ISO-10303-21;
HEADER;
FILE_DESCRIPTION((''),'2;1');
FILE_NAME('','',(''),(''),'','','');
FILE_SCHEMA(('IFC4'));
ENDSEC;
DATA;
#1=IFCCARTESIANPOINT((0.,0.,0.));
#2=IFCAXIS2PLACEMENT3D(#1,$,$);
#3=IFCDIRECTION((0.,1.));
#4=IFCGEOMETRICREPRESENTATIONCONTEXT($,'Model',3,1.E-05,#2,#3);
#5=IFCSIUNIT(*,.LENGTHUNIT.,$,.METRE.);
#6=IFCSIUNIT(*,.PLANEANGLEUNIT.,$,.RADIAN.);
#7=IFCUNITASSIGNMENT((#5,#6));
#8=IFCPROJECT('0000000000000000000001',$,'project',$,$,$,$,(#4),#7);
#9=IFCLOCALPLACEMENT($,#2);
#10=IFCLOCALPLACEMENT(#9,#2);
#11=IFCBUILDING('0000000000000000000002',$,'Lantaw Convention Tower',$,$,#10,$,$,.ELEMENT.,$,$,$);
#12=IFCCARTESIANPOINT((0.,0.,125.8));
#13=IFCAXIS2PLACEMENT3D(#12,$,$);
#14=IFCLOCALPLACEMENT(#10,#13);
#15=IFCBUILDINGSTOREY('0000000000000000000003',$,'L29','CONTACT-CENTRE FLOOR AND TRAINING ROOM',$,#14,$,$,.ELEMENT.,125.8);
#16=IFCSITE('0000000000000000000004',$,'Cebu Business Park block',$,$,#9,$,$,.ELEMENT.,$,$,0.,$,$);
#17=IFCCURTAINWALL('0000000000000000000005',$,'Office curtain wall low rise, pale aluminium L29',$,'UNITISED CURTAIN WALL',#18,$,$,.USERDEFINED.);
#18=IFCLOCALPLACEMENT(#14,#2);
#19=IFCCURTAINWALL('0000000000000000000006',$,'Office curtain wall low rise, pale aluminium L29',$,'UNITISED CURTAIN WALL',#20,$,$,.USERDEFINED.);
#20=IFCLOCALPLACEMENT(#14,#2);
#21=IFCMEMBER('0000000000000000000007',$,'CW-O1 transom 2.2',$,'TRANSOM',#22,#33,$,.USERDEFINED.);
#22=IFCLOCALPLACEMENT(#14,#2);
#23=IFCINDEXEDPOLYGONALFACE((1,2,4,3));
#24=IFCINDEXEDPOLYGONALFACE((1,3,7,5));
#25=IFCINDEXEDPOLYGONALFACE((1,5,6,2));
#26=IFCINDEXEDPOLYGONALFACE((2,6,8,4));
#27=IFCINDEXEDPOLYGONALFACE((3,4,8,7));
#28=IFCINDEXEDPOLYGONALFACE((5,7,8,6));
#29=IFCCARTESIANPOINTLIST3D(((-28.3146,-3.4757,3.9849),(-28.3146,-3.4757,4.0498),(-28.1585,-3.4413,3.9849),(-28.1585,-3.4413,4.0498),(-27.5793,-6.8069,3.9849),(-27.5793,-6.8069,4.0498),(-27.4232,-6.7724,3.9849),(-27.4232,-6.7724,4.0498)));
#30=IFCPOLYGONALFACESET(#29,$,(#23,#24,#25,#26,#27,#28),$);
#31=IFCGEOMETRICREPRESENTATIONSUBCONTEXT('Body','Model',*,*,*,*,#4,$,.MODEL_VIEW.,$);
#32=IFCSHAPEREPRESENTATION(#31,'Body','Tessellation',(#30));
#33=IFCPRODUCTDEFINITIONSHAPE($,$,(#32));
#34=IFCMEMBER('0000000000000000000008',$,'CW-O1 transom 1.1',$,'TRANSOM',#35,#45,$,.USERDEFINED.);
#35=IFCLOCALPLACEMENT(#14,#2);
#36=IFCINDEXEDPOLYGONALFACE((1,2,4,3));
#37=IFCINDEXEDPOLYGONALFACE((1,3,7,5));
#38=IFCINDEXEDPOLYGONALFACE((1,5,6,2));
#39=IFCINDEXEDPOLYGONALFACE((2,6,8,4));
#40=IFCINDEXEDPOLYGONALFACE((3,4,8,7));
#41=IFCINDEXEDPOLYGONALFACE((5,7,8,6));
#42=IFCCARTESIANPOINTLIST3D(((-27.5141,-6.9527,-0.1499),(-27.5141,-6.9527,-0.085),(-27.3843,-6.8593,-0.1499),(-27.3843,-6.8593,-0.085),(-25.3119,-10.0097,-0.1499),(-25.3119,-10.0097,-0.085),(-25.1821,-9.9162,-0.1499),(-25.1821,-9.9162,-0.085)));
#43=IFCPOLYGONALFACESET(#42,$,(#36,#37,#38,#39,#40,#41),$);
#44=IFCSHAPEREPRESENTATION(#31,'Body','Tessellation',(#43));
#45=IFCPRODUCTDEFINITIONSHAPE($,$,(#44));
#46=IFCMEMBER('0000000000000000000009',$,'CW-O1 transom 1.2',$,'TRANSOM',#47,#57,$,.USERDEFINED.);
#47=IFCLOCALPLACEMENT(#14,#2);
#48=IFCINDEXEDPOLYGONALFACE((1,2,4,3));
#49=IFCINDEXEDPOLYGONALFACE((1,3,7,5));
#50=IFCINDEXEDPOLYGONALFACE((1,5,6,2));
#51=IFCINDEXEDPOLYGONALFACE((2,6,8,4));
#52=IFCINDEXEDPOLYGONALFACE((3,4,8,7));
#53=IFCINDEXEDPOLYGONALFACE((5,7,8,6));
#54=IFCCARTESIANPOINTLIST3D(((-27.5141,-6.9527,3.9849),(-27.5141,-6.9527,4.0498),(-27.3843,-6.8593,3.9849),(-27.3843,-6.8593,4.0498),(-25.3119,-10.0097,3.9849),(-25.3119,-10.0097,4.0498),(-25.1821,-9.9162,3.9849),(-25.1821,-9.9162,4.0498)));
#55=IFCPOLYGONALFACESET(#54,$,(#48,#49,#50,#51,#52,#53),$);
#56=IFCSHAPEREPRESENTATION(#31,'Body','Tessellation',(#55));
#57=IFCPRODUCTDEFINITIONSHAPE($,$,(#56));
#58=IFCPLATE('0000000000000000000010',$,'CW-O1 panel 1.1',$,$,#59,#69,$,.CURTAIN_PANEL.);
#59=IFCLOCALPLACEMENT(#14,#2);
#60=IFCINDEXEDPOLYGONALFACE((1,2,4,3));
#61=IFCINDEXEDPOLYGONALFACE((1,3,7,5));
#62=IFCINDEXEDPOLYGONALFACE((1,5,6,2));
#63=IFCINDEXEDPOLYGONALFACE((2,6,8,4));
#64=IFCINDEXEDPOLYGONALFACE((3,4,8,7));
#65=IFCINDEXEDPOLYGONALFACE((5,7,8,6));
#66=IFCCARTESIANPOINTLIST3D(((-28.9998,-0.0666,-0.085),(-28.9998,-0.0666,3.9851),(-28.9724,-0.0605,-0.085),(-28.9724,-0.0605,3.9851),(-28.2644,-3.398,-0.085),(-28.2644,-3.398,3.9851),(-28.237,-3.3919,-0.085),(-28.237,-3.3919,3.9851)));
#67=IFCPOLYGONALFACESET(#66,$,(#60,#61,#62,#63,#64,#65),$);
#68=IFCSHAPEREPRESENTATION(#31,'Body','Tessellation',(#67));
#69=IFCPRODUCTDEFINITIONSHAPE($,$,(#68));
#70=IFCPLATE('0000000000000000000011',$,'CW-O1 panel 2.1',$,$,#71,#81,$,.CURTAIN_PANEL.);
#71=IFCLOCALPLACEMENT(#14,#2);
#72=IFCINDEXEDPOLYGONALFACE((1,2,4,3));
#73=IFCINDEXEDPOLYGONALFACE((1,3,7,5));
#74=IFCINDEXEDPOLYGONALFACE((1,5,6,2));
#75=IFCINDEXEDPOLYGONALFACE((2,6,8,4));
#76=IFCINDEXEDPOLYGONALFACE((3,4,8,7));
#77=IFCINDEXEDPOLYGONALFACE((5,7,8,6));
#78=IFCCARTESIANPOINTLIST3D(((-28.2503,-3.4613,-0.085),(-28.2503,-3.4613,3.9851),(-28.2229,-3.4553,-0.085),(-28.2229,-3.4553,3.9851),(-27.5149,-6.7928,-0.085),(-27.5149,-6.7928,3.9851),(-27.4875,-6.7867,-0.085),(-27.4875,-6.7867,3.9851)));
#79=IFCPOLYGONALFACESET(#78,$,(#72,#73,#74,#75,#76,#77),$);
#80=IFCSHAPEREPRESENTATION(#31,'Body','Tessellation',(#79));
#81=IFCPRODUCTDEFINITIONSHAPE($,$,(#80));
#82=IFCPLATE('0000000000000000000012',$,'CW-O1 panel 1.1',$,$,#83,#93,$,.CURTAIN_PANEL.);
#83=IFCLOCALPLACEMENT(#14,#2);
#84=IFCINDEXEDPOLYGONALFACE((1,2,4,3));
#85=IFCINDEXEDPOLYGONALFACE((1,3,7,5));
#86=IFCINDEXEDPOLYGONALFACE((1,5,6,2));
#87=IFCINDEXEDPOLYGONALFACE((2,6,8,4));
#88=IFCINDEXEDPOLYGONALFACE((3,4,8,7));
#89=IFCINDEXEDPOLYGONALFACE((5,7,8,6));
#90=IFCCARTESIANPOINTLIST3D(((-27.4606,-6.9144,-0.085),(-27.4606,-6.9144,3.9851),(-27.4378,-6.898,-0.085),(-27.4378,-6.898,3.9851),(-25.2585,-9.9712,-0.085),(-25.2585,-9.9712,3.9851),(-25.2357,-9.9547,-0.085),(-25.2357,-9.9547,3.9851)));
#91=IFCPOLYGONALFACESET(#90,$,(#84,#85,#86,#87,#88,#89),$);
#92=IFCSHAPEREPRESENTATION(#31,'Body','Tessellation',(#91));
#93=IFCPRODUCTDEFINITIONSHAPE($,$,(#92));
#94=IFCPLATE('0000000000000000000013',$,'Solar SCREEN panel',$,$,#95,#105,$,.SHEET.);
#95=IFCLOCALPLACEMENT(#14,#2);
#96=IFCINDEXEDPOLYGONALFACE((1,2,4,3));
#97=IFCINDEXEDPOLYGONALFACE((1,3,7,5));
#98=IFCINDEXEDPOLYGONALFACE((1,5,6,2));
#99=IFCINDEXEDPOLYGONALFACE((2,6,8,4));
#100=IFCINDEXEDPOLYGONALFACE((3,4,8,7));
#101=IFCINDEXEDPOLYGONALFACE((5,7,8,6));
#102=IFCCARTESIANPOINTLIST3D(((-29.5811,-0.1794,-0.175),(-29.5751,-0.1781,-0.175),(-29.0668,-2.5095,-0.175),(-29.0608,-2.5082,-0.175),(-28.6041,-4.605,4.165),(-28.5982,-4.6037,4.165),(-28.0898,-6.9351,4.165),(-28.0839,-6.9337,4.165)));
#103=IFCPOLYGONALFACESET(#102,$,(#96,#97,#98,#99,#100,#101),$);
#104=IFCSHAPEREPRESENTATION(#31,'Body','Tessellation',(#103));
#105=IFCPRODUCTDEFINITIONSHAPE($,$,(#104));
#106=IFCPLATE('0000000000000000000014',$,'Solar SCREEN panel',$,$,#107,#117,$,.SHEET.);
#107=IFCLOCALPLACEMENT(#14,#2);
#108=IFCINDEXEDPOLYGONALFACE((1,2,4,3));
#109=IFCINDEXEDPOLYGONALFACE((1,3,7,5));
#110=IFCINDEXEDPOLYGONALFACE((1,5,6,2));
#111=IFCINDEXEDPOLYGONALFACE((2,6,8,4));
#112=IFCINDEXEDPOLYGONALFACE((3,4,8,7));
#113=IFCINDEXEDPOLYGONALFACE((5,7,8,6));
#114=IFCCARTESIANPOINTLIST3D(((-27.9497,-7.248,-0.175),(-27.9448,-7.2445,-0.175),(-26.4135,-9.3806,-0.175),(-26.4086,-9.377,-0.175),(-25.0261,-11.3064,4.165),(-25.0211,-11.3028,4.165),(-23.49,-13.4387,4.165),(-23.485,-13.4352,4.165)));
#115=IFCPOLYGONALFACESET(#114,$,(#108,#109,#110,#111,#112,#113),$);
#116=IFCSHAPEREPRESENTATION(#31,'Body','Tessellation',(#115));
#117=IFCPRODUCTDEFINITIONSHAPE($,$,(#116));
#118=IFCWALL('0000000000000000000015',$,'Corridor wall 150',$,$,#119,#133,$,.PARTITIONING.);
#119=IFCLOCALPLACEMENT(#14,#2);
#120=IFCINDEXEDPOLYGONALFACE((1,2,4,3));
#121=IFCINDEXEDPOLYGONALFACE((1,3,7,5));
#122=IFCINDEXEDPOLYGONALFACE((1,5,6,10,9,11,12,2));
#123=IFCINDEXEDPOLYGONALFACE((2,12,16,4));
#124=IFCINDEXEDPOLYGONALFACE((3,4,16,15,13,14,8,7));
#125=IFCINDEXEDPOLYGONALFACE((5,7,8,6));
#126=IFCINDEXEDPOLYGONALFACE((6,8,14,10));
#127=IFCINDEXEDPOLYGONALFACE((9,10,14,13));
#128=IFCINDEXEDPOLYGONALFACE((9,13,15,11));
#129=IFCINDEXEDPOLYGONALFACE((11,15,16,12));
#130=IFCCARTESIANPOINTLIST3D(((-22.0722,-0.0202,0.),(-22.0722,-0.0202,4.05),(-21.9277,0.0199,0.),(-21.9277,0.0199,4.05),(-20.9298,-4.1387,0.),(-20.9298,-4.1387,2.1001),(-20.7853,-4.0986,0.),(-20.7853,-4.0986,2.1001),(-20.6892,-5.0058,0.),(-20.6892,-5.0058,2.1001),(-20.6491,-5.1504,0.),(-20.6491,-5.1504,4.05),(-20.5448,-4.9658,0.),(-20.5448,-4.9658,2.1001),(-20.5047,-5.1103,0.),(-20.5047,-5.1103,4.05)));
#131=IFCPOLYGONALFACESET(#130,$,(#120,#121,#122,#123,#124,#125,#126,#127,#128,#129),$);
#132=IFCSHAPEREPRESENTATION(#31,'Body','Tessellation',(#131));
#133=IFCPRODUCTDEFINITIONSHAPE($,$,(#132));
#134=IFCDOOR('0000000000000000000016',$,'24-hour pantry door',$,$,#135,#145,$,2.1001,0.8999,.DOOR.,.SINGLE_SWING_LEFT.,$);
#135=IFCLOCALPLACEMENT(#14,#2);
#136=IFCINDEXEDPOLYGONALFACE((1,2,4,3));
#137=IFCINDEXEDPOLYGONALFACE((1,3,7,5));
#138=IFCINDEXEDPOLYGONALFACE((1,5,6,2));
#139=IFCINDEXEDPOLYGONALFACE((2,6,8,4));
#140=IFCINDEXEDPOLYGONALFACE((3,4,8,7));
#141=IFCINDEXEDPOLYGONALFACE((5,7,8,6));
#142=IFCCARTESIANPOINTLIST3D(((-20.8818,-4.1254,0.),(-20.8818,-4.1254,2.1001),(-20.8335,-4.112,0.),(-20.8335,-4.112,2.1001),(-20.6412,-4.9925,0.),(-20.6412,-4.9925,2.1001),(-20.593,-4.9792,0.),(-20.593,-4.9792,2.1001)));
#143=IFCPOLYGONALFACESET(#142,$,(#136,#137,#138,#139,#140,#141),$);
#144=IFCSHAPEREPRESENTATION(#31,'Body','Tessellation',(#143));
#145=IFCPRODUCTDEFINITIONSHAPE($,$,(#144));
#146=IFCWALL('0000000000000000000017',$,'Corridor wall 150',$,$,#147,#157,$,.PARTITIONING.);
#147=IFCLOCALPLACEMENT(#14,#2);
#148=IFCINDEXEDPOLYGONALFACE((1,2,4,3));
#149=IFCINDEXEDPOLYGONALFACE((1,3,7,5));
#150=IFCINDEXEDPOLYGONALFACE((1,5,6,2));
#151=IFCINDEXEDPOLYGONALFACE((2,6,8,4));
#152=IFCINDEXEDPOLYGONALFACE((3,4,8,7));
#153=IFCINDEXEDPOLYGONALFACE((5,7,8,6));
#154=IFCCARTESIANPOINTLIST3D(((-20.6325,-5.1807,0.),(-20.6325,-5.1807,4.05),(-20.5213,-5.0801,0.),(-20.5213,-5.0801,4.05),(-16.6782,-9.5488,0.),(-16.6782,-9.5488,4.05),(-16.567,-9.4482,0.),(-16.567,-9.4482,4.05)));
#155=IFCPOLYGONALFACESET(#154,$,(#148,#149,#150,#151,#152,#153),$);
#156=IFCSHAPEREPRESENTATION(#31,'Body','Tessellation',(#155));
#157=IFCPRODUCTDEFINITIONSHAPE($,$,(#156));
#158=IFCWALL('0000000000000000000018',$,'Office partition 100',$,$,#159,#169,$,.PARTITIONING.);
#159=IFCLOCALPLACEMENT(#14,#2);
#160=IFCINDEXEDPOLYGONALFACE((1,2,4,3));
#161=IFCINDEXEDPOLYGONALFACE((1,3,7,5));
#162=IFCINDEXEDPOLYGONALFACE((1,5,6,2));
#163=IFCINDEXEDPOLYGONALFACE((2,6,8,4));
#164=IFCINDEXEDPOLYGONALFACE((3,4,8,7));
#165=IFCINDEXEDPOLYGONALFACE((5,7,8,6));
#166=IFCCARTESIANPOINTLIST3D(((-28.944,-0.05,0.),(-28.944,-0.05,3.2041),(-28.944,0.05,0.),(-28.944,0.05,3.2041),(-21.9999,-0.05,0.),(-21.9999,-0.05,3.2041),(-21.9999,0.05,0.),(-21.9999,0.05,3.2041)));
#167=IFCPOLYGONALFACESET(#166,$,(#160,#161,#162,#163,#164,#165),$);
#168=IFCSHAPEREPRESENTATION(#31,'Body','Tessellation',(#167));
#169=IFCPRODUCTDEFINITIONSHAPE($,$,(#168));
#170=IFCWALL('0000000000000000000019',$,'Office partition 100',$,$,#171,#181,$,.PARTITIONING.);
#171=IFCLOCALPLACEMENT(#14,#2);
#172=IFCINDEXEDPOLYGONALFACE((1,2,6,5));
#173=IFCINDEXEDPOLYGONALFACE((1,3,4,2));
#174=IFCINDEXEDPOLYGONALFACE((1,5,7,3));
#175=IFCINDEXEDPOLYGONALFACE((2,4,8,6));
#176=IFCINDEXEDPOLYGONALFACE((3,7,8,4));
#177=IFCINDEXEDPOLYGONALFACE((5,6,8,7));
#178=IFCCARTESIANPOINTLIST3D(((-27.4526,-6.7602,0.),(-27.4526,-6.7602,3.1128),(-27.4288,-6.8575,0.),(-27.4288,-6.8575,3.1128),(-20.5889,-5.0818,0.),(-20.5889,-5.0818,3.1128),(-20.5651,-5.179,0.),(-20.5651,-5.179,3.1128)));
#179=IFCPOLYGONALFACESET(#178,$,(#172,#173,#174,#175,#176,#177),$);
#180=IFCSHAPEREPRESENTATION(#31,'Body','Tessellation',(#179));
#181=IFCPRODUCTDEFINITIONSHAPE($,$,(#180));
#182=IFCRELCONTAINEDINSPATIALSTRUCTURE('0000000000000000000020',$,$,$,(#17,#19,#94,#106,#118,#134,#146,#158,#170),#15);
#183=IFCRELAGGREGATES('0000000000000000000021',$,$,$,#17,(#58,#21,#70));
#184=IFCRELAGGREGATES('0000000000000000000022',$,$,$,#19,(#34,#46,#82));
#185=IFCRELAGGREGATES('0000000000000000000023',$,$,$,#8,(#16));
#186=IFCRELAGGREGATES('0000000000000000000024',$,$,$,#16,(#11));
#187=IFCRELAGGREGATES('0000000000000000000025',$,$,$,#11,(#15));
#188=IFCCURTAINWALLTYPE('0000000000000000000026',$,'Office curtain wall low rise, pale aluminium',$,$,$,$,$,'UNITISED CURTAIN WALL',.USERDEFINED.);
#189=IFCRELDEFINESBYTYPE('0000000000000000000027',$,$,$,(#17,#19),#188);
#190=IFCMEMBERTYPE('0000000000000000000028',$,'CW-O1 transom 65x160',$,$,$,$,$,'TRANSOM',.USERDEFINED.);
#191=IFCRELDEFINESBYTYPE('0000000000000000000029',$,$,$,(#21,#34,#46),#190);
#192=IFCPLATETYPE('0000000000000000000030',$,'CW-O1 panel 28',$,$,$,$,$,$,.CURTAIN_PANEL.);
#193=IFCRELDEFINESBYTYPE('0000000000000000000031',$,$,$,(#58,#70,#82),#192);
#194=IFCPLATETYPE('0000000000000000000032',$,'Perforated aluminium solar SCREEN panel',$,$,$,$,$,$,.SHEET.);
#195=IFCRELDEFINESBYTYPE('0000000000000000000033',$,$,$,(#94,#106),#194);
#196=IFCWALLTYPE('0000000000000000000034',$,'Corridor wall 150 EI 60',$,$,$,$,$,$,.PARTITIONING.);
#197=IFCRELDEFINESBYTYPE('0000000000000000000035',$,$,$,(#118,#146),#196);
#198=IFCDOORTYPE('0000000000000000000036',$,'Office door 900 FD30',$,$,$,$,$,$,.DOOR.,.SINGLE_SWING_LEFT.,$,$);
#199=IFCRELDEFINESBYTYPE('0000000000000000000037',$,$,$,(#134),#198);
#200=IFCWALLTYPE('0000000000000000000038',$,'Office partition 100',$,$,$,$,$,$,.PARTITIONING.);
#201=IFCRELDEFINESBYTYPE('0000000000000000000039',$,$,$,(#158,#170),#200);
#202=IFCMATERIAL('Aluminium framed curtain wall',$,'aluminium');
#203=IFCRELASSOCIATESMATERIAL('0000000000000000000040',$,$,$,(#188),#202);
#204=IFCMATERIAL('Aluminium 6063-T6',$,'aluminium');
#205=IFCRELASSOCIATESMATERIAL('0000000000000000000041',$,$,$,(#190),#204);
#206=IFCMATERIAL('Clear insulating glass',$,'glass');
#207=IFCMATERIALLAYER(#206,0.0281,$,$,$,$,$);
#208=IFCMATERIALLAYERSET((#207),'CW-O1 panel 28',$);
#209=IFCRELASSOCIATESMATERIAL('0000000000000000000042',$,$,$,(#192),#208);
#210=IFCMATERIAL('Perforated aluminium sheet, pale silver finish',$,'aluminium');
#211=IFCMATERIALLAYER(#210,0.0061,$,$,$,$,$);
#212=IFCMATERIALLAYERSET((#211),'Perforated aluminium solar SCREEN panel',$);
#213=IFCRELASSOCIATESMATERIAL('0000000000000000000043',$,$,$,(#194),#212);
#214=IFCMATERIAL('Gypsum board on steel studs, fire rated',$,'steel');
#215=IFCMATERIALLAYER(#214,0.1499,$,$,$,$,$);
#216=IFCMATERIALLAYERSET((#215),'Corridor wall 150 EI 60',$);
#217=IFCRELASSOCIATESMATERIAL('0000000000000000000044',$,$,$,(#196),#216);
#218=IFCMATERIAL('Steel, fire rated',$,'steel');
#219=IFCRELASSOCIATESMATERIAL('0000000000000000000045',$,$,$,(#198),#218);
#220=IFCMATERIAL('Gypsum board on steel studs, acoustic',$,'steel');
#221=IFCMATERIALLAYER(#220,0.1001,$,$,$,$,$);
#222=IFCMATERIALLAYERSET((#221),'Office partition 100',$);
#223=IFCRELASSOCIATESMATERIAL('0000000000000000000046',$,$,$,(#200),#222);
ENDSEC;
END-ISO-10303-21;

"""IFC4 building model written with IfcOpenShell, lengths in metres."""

from ifc_helpers import new_model, si_unit, direction, frame, frame_2d, origin, origin_2d, place, context, subcontext, project, spatial, polyline, rectangle, outline, extrude, material, layer, layer_set, material_profile, profile_set, type_object, element, fill, aggregate, save


model = new_model("IFC4")

# Units and contexts
model_context = context("Model", 3, precision=1e-05, world=origin(), true_north=direction((0.0, 1.0)))
body_context = subcontext(model_context, "Body", "Model", "MODEL_VIEW")
ifc_project = project(units=[si_unit("LENGTHUNIT", "METRE"), si_unit("PLANEANGLEUNIT", "RADIAN")], contexts=[model_context])

# Site, building, storey
site_placement = place(None, origin())
site = spatial("IfcSite", under=ifc_project, at=site_placement, Name="Cebu Business Park block", CompositionType="ELEMENT", RefElevation=0.0)
building_placement = place(site_placement, origin())
building = spatial("IfcBuilding", under=site, at=building_placement, Name="Lantaw Convention Tower", CompositionType="ELEMENT")
storey_placement = place(building_placement, frame((0.0, 0.0, 125.8)))
storey = spatial("IfcBuildingStorey", under=building, at=storey_placement, Name="L29", Description="CONTACT-CENTRE FLOOR AND TRAINING ROOM", CompositionType="ELEMENT", Elevation=125.8)

# Curtain wall
ifc_material_1 = material(Name="Aluminium framed curtain wall", Category="aluminium")
curtain_wall_type = type_object("IfcCurtainWallType", Name="Office curtain wall low rise, pale aluminium", ElementType="UNITISED CURTAIN WALL", PredefinedType="USERDEFINED", material=ifc_material_1)
curtain_wall_1_placement = place(storey_placement, origin())
curtain_wall_1 = element("IfcCurtainWall", 1, at=curtain_wall_1_placement, inside=storey, type_object=curtain_wall_type, Name="Office curtain wall low rise, pale aluminium L29", ObjectType="UNITISED CURTAIN WALL", PredefinedType="USERDEFINED")
ifc_material_2 = material(Name="Aluminium 6063-T6", Category="aluminium")

# Curtain wall
curtain_wall_2_placement = place(storey_placement, origin())
curtain_wall_2 = element("IfcCurtainWall", 2, at=curtain_wall_2_placement, inside=storey, type_object=curtain_wall_type, Name="Office curtain wall low rise, pale aluminium L29", ObjectType="UNITISED CURTAIN WALL", PredefinedType="USERDEFINED")

# Members
ifc_material_profile_1 = material_profile(ifc_material_2, rectangle(XDim=0.1599, YDim=0.0649, at=origin_2d()), Name="CW-O1 transom 65x160")
ifc_profile_set_1 = profile_set([ifc_material_profile_1], Name="Aluminium 6063-T6")
member_type_1 = type_object("IfcMemberType", Name="CW-O1 transom 65x160", ElementType="TRANSOM", PredefinedType="USERDEFINED", material=ifc_profile_set_1)
member_1_placement = place(storey_placement, frame((-28.2366, -3.4585, 4.0173), z_axis=(0.215551, -0.976493, 0.0), x_axis=(0.976493, 0.215551, 0.0)))
member_1 = element("IfcMember", 3, at=member_1_placement, type_object=member_type_1, Name="CW-O1 transom 2.2", ObjectType="TRANSOM", PredefinedType="USERDEFINED", context=body_context, shape_type="SweptSolid", body=[
    extrude(rectangle(XDim=0.1599, YDim=0.0649, at=origin_2d()), origin(), (0.0, 0.0, 1.0), 3.4114),
])
member_2_placement = place(storey_placement, frame((-27.4492, -6.906, -0.1174), z_axis=(0.584513, -0.811384, 0.0), x_axis=(0.811384, 0.584513, 0.0)))
member_2 = element("IfcMember", 4, at=member_2_placement, type_object=member_type_1, Name="CW-O1 transom 1.1", ObjectType="TRANSOM", PredefinedType="USERDEFINED", context=body_context, shape_type="SweptSolid", body=[
    extrude(rectangle(XDim=0.1599, YDim=0.0649, at=origin_2d()), origin(), (0.0, 0.0, 1.0), 3.7676),
])
member_3_placement = place(storey_placement, frame((-27.4492, -6.906, 4.0173), z_axis=(0.584513, -0.811384, 0.0), x_axis=(0.811384, 0.584513, 0.0)))
member_3 = element("IfcMember", 5, at=member_3_placement, type_object=member_type_1, Name="CW-O1 transom 1.2", ObjectType="TRANSOM", PredefinedType="USERDEFINED", context=body_context, shape_type="SweptSolid", body=[
    extrude(rectangle(XDim=0.1599, YDim=0.0649, at=origin_2d()), origin(), (0.0, 0.0, 1.0), 3.7676),
])

# Plates
ifc_material_3 = material(Name="Clear insulating glass", Category="glass")
ifc_layer_1 = layer(ifc_material_3, 0.0281)
ifc_layer_set_1 = layer_set([ifc_layer_1], Name="CW-O1 panel 28")
plate_type_1 = type_object("IfcPlateType", Name="CW-O1 panel 28", PredefinedType="CURTAIN_PANEL", material=ifc_layer_set_1)
plate_1_placement = place(storey_placement, frame((-28.6184, -1.7292, -0.085), z_axis=(0.0, 0.0, 1.0), x_axis=(0.215546, -0.976494, 0.0)))
plate_1 = element("IfcPlate", 6, at=plate_1_placement, type_object=plate_type_1, Name="CW-O1 panel 1.1", PredefinedType="CURTAIN_PANEL", context=body_context, shape_type="SweptSolid", body=[
    extrude(rectangle(XDim=3.4116, YDim=0.0281, at=origin_2d()), origin(), (0.0, 0.0, 1.0), 4.0701),
])
plate_2_placement = place(storey_placement, frame((-27.8689, -5.124, -0.085), z_axis=(0.0, 0.0, 1.0), x_axis=(0.215546, -0.976494, 0.0)))
plate_2 = element("IfcPlate", 7, at=plate_2_placement, type_object=plate_type_1, Name="CW-O1 panel 2.1", PredefinedType="CURTAIN_PANEL", context=body_context, shape_type="SweptSolid", body=[
    extrude(rectangle(XDim=3.4116, YDim=0.0281, at=origin_2d()), origin(), (0.0, 0.0, 1.0), 4.0701),
])
aggregate(curtain_wall_1, [plate_1, member_1, plate_2])
plate_3_placement = place(storey_placement, frame((-26.3481, -8.4346, -0.085), z_axis=(0.0, 0.0, 1.0), x_axis=(0.584513, -0.811385, 0.0)))
plate_3 = element("IfcPlate", 8, at=plate_3_placement, type_object=plate_type_1, Name="CW-O1 panel 1.1", PredefinedType="CURTAIN_PANEL", context=body_context, shape_type="SweptSolid", body=[
    extrude(rectangle(XDim=3.7673, YDim=0.0281, at=origin_2d()), origin(), (0.0, 0.0, 1.0), 4.0701),
])
aggregate(curtain_wall_2, [member_2, member_3, plate_3])

# Plates
ifc_material_4 = material(Name="Perforated aluminium sheet, pale silver finish", Category="aluminium")
ifc_layer_2 = layer(ifc_material_4, 0.0061)
ifc_layer_set_2 = layer_set([ifc_layer_2], Name="Perforated aluminium solar SCREEN panel")
plate_type_2 = type_object("IfcPlateType", Name="Perforated aluminium solar SCREEN panel", PredefinedType="SHEET", material=ifc_layer_set_2)
plate_4_placement = place(storey_placement, frame((-29.5811, -0.1794, -0.175), z_axis=(-0.976498, -0.215527, 0.000033), x_axis=(0.215527, -0.976498, 0.0)))
element("IfcPlate", 9, at=plate_4_placement, inside=storey, type_object=plate_type_2, Name="Solar SCREEN panel", PredefinedType="SHEET", context=body_context, shape_type="SweptSolid", body=[
    extrude(outline(polyline([(0.0, 0.0), (2.3862, 0.0), (6.9182, 4.3401), (4.5321, 4.3401), (0.0, 0.0)])), origin(), (0.0, 0.0, -1.0), 0.0061),
])
plate_5_placement = place(storey_placement, frame((-27.9497, -7.248, -0.175), z_axis=(-0.811395, -0.584498, 0.000036), x_axis=(0.584498, -0.811395, 0.0)))
element("IfcPlate", 10, at=plate_5_placement, inside=storey, type_object=plate_type_2, Name="Solar SCREEN panel", PredefinedType="SHEET", context=body_context, shape_type="SweptSolid", body=[
    extrude(outline(polyline([(0.0, 0.0), (2.6282, 0.0), (7.6298, 4.3401), (5.0018, 4.3401), (0.0, 0.0)])), origin(), (0.0, 0.0, -1.0), 0.0061),
])

# Wall, opening, door
ifc_material_5 = material(Name="Gypsum board on steel studs, fire rated", Category="steel")
ifc_layer_3 = layer(ifc_material_5, 0.1499)
ifc_layer_set_3 = layer_set([ifc_layer_3], Name="Corridor wall 150 EI 60")
wall_type_1 = type_object("IfcWallType", Name="Corridor wall 150 EI 60", PredefinedType="PARTITIONING", material=ifc_layer_set_3)
wall_1_placement = place(storey_placement, frame((-22.0, 0.0, 0.0), z_axis=(0.0, 0.0, 1.0), x_axis=(0.267294, -0.963615, 0.0)))
wall_1 = element("IfcWall", 11, at=wall_1_placement, inside=storey, type_object=wall_type_1, Name="Corridor wall 150", PredefinedType="PARTITIONING", context=body_context, shape_type="SweptSolid", body=[
    extrude(rectangle(XDim=5.324, YDim=0.1499, at=frame_2d((2.6621, 0.0))), origin(), (0.0, 0.0, 1.0), 4.05),
])
opening_placement = place(wall_1_placement, frame((4.2742, 0.0, 0.0)))
opening = element("IfcOpeningElement", 12, at=opening_placement, cuts=wall_1, PredefinedType="OPENING", context=body_context, shape_type="SweptSolid", body=[
    extrude(rectangle(XDim=0.8999, YDim=2.1001, at=frame_2d((0.45, 1.05))), frame((0.0, 0.085, 0.0), z_axis=(0.0, -1.0, 0.0), x_axis=(1.0, 0.0, 0.0)), (0.0, 0.0, 1.0), 0.1699),
])
ifc_material_6 = material(Name="Steel, fire rated", Category="steel")
door_type = type_object("IfcDoorType", Name="Office door 900 FD30", OperationType="SINGLE_SWING_LEFT", PredefinedType="DOOR", material=ifc_material_6)
door_placement = place(opening_placement, origin())
door = element("IfcDoor", 13, at=door_placement, inside=storey, type_object=door_type, Name="24-hour pantry door", OperationType="SINGLE_SWING_LEFT", OverallHeight=2.1001, OverallWidth=0.8999, PredefinedType="DOOR", context=body_context, shape_type="SweptSolid", body=[
    extrude(rectangle(XDim=0.8999, YDim=2.1001, at=frame_2d((0.45, 1.05))), frame((0.0, 0.0249, 0.0), z_axis=(0.0, -1.0, 0.0), x_axis=(1.0, 0.0, 0.0)), (0.0, 0.0, 1.0), 0.05),
])
fill(opening, door)

# Walls
wall_2_placement = place(storey_placement, frame((-20.5769, -5.1304, 0.0), z_axis=(0.0, 0.0, 1.0), x_axis=(0.671118, -0.74135, 0.0)))
element("IfcWall", 14, at=wall_2_placement, inside=storey, type_object=wall_type_1, Name="Corridor wall 150", PredefinedType="PARTITIONING", context=body_context, shape_type="SweptSolid", body=[
    extrude(rectangle(XDim=5.8921, YDim=0.1499, at=frame_2d((2.946, 0.0))), origin(), (0.0, 0.0, 1.0), 4.05),
])
ifc_material_7 = material(Name="Gypsum board on steel studs, acoustic", Category="steel")
ifc_layer_4 = layer(ifc_material_7, 0.1001)
ifc_layer_set_4 = layer_set([ifc_layer_4], Name="Office partition 100")
wall_type_2 = type_object("IfcWallType", Name="Office partition 100", PredefinedType="PARTITIONING", material=ifc_layer_set_4)
wall_3_placement = place(storey_placement, frame((-28.9441, 0.0, 0.0), z_axis=(0.0, 0.0, 1.0), x_axis=(1.0, 0.0, 0.0)))
element("IfcWall", 15, at=wall_3_placement, inside=storey, type_object=wall_type_2, Name="Office partition 100", PredefinedType="PARTITIONING", context=body_context, shape_type="SweptSolid", body=[
    extrude(rectangle(XDim=6.9441, YDim=0.1001, at=frame_2d((3.4722, 0.0))), origin(), (0.0, 0.0, 1.0), 3.2041),
])
wall_4_placement = place(storey_placement, frame((-27.4407, -6.8088, 0.0), z_axis=(0.0, 0.0, 1.0), x_axis=(0.971378, 0.237541, 0.0)))
element("IfcWall", 16, at=wall_4_placement, inside=storey, type_object=wall_type_2, Name="Office partition 100", PredefinedType="PARTITIONING", context=body_context, shape_type="SweptSolid", body=[
    extrude(rectangle(XDim=7.0659, YDim=0.1001, at=frame_2d((3.533, 0.0))), origin(), (0.0, 0.0, 1.0), 3.1128),
])

save(model, "model.ifc")
